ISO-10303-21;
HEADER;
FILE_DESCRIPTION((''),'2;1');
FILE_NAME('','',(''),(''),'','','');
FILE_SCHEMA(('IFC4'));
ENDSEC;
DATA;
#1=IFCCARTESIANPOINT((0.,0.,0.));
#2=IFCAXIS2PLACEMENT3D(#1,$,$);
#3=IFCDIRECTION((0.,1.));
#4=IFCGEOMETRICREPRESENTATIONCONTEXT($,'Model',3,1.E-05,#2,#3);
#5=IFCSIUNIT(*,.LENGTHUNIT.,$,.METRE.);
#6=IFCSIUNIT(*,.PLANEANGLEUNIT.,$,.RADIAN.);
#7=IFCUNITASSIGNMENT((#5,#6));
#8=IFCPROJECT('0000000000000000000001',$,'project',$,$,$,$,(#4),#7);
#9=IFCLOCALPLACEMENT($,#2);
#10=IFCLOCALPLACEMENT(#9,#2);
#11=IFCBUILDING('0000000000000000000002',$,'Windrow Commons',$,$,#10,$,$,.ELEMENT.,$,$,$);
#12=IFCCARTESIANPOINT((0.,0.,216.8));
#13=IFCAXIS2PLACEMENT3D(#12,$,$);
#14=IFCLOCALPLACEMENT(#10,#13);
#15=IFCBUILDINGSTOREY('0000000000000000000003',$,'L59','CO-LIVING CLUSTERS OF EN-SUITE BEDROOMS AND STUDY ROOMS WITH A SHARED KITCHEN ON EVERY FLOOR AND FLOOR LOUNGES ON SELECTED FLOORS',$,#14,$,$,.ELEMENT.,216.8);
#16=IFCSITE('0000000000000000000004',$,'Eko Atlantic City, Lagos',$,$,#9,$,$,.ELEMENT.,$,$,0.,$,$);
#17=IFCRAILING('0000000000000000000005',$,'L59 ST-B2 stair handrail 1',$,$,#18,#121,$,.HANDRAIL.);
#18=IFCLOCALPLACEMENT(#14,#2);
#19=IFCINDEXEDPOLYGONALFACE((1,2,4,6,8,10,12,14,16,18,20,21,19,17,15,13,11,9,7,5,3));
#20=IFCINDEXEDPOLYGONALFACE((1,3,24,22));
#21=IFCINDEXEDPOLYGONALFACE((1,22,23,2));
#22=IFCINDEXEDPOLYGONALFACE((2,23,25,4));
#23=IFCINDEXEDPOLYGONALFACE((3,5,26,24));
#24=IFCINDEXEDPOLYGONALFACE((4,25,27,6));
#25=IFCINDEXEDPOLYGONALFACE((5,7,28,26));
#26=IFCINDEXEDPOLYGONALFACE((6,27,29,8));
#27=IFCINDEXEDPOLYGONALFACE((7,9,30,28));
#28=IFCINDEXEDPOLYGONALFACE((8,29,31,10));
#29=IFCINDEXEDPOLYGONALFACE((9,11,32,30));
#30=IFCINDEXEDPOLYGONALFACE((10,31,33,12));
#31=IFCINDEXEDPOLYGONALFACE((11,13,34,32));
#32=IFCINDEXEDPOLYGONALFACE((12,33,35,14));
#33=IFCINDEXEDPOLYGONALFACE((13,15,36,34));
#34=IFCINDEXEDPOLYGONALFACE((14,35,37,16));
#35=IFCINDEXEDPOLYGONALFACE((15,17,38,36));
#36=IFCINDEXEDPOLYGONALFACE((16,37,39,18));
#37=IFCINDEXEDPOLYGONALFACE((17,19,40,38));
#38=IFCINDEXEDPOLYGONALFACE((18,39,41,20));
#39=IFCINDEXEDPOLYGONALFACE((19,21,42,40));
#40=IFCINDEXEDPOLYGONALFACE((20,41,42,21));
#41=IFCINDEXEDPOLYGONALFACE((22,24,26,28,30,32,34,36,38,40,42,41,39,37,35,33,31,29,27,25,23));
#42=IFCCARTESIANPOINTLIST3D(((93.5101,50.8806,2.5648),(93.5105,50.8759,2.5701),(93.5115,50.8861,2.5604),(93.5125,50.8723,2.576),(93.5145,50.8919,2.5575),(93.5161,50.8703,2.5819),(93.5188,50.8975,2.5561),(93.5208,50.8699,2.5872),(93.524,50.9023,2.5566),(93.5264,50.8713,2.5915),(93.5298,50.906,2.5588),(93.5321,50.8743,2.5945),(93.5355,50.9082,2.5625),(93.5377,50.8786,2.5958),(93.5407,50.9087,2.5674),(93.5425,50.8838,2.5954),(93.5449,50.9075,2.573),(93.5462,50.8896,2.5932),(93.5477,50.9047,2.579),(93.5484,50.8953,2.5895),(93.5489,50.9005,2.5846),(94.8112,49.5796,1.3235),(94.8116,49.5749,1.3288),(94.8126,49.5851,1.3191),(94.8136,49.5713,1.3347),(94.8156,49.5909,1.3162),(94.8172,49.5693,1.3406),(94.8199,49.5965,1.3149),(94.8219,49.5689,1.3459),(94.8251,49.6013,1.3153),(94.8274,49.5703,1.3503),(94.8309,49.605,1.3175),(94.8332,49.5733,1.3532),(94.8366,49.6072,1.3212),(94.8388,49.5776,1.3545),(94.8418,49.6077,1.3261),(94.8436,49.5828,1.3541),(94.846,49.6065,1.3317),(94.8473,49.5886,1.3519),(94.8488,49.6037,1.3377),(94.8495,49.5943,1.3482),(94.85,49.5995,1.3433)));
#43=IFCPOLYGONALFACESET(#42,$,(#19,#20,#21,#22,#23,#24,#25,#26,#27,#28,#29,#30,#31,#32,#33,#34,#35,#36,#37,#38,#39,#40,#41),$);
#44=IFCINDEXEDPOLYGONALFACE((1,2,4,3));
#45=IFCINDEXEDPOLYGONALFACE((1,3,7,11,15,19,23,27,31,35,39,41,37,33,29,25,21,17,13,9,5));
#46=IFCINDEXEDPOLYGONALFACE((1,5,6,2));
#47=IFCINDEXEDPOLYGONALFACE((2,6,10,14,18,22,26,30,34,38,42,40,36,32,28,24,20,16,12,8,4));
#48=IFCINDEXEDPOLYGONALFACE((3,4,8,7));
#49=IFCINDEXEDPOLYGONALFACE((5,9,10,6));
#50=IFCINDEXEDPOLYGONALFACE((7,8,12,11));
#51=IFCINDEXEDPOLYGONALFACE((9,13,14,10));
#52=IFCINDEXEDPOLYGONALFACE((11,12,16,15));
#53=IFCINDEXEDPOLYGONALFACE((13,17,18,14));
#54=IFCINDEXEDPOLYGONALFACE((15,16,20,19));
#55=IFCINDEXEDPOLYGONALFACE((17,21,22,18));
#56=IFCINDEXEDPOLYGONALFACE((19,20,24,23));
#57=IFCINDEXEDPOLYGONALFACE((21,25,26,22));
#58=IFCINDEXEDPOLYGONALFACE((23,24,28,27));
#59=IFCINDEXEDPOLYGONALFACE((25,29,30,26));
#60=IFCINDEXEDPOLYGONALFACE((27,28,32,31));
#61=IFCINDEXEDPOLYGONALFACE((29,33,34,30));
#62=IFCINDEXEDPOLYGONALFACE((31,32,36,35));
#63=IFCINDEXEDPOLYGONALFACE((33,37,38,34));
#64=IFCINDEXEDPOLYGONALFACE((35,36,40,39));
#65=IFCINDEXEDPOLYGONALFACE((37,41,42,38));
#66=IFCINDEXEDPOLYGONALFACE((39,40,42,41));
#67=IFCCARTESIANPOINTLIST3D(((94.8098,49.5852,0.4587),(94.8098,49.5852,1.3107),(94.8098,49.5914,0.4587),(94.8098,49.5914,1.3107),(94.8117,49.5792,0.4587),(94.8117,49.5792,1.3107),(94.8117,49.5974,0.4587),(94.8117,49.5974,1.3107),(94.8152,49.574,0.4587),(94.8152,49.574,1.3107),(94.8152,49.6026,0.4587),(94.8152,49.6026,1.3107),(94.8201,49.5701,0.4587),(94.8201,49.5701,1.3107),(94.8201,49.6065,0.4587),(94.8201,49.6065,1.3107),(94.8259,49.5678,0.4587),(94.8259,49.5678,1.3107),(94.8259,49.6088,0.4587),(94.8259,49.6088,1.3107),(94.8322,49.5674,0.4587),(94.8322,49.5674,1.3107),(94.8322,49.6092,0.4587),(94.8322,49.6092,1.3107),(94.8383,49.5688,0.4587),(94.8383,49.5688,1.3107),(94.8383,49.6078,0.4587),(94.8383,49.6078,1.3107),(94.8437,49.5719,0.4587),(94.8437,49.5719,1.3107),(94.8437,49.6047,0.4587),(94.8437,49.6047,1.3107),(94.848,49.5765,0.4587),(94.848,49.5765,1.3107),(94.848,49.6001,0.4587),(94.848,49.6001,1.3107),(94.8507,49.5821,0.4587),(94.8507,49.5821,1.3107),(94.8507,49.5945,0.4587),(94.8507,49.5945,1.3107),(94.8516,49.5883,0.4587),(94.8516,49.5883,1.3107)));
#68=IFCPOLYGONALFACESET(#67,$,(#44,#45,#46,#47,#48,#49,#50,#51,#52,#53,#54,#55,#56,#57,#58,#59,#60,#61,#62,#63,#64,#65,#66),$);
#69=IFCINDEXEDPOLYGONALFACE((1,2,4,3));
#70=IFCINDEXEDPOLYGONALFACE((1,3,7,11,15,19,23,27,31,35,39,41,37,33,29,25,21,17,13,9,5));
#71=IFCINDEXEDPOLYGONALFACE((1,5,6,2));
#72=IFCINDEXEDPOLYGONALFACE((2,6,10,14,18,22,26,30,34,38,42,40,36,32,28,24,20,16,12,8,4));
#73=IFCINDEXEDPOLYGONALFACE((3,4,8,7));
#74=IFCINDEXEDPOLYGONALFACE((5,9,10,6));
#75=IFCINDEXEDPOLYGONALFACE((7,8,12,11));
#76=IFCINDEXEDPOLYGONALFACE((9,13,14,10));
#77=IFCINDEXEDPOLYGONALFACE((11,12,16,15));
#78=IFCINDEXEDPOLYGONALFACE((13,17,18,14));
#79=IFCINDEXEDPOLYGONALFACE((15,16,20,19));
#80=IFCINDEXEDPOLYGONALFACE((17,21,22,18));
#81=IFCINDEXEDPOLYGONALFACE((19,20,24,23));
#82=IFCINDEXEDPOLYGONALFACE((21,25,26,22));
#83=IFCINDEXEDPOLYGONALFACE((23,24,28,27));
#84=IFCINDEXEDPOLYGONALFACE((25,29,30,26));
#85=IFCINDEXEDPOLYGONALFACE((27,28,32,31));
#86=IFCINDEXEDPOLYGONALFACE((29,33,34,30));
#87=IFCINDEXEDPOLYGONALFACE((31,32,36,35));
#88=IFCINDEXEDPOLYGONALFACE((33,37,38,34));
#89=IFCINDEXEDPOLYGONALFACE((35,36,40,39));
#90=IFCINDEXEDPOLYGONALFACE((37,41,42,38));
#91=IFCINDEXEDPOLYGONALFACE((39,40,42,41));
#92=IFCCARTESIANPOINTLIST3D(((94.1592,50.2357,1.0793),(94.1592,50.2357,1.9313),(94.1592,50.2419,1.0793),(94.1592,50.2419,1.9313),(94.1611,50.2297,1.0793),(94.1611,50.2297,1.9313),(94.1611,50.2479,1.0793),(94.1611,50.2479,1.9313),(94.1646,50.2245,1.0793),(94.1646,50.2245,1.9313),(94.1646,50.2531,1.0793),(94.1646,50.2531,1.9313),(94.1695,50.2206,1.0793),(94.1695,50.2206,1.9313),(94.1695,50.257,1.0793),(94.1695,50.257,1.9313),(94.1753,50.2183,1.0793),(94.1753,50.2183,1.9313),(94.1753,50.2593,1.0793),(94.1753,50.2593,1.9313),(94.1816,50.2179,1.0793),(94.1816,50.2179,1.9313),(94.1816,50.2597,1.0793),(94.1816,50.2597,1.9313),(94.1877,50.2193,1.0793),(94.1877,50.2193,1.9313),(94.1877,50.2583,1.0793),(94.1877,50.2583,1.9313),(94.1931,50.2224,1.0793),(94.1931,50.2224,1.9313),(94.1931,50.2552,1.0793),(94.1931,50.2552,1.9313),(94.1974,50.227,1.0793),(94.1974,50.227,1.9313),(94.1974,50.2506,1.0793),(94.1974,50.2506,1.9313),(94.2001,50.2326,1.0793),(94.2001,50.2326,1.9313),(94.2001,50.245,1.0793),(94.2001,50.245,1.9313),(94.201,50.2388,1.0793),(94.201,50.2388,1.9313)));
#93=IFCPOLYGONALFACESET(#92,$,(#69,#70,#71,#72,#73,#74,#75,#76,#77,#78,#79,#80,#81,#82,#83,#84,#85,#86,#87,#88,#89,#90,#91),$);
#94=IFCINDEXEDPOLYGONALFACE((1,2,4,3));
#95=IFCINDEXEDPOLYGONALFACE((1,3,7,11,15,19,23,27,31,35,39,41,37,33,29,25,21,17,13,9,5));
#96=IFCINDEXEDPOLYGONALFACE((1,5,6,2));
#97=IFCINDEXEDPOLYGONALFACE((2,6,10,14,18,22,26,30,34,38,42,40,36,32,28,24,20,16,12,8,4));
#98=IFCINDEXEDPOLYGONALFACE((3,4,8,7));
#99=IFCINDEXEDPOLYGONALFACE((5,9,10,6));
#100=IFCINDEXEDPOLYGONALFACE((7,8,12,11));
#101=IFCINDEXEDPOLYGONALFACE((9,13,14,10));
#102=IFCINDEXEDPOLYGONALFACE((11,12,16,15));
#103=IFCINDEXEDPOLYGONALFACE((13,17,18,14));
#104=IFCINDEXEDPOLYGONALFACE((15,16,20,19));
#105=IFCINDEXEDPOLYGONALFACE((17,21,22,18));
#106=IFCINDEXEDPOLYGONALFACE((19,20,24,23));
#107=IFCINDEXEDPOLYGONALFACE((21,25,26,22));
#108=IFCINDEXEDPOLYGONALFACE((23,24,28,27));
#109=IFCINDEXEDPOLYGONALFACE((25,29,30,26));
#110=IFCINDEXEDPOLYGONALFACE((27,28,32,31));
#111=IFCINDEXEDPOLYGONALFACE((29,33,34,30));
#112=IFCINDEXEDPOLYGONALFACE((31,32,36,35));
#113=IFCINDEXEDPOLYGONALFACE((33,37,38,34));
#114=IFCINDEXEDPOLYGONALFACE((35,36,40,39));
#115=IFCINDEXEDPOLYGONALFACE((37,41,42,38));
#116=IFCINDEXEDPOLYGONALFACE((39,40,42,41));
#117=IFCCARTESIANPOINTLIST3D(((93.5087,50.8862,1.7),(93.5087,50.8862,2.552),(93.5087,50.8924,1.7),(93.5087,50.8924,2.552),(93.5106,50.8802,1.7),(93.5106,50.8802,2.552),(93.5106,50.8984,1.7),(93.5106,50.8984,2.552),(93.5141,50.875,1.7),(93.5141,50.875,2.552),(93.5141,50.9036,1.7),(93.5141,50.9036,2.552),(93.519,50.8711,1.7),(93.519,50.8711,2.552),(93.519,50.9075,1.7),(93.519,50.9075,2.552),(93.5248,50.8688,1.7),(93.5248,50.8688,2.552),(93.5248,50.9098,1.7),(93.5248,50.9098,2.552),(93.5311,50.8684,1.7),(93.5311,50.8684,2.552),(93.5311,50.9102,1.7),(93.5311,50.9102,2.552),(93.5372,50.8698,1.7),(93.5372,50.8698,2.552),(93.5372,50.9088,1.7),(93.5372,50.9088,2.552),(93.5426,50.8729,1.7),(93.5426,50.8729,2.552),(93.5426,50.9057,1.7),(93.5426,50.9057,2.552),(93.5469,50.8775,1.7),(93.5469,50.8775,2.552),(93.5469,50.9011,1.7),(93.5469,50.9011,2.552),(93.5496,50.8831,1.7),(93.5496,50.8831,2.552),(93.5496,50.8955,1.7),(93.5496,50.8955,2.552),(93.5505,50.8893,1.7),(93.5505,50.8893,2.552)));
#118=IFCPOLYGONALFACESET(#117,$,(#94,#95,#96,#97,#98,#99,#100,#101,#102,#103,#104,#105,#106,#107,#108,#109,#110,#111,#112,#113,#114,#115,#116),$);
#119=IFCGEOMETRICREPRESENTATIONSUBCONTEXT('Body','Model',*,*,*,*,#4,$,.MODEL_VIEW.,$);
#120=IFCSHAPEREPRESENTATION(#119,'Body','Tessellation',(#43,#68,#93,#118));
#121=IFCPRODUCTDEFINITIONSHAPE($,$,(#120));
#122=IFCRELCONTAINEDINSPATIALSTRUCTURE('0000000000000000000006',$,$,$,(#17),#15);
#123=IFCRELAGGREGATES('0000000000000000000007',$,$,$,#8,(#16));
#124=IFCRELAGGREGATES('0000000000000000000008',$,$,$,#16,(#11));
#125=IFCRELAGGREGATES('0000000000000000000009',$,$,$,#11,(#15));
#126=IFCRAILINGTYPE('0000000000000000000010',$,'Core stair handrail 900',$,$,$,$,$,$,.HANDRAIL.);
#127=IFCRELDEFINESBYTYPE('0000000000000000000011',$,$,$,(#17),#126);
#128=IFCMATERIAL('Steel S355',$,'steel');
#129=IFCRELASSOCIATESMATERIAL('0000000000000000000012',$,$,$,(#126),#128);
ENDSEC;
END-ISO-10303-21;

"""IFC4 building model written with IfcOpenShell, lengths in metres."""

from ifc_helpers import new_model, si_unit, direction, frame, origin, origin_2d, place, context, subcontext, project, spatial, circle, extrude, material, type_object, element, save


model = new_model("IFC4")

# Units and contexts
model_context = context("Model", 3, precision=1e-05, world=origin(), true_north=direction((0.0, 1.0)))
body_context = subcontext(model_context, "Body", "Model", "MODEL_VIEW")
ifc_project = project(units=[si_unit("LENGTHUNIT", "METRE"), si_unit("PLANEANGLEUNIT", "RADIAN")], contexts=[model_context])

# Site, building, storey
site_placement = place(None, origin())
site = spatial("IfcSite", under=ifc_project, at=site_placement, Name="Eko Atlantic City, Lagos", CompositionType="ELEMENT", RefElevation=0.0)
building_placement = place(site_placement, origin())
building = spatial("IfcBuilding", under=site, at=building_placement, Name="Windrow Commons", CompositionType="ELEMENT")
storey_placement = place(building_placement, frame((0.0, 0.0, 216.8)))
storey = spatial("IfcBuildingStorey", under=building, at=storey_placement, Name="L59", Description="CO-LIVING CLUSTERS OF EN-SUITE BEDROOMS AND STUDY ROOMS WITH A SHARED KITCHEN ON EVERY FLOOR AND FLOOR LOUNGES ON SELECTED FLOORS", CompositionType="ELEMENT", Elevation=216.8)

# Railing
ifc_material_1 = material(Name="Steel S355", Category="steel")
railing_type_1 = type_object("IfcRailingType", Name="Core stair handrail 900", PredefinedType="HANDRAIL", material=ifc_material_1)
railing_1_placement = place(storey_placement, frame((94.8306, 49.5883, 0.4587)))
element("IfcRailing", 1, at=railing_1_placement, inside=storey, type_object=railing_type_1, Name="L59 ST-B2 stair handrail 1", PredefinedType="HANDRAIL", context=body_context, shape_type="SweptSolid", body=[
    extrude(circle(Radius=0.024, at=origin_2d()), frame((0.0, 0.0, 0.876), z_axis=(-0.586207, 0.586162, 0.559264), x_axis=(-0.70708, -0.707134, 0.0)), (0.0, 0.0, 1.0), 2.2195),
    extrude(circle(Radius=0.021, at=origin_2d()), origin(), (0.0, 0.0, 1.0), 0.852),
    extrude(circle(Radius=0.021, at=origin_2d()), frame((-0.6506, 0.6505, 0.6206)), (0.0, 0.0, 1.0), 0.852),
    extrude(circle(Radius=0.021, at=origin_2d()), frame((-1.3011, 1.301, 1.2413)), (0.0, 0.0, 1.0), 0.852),
])

save(model, "model.ifc")
